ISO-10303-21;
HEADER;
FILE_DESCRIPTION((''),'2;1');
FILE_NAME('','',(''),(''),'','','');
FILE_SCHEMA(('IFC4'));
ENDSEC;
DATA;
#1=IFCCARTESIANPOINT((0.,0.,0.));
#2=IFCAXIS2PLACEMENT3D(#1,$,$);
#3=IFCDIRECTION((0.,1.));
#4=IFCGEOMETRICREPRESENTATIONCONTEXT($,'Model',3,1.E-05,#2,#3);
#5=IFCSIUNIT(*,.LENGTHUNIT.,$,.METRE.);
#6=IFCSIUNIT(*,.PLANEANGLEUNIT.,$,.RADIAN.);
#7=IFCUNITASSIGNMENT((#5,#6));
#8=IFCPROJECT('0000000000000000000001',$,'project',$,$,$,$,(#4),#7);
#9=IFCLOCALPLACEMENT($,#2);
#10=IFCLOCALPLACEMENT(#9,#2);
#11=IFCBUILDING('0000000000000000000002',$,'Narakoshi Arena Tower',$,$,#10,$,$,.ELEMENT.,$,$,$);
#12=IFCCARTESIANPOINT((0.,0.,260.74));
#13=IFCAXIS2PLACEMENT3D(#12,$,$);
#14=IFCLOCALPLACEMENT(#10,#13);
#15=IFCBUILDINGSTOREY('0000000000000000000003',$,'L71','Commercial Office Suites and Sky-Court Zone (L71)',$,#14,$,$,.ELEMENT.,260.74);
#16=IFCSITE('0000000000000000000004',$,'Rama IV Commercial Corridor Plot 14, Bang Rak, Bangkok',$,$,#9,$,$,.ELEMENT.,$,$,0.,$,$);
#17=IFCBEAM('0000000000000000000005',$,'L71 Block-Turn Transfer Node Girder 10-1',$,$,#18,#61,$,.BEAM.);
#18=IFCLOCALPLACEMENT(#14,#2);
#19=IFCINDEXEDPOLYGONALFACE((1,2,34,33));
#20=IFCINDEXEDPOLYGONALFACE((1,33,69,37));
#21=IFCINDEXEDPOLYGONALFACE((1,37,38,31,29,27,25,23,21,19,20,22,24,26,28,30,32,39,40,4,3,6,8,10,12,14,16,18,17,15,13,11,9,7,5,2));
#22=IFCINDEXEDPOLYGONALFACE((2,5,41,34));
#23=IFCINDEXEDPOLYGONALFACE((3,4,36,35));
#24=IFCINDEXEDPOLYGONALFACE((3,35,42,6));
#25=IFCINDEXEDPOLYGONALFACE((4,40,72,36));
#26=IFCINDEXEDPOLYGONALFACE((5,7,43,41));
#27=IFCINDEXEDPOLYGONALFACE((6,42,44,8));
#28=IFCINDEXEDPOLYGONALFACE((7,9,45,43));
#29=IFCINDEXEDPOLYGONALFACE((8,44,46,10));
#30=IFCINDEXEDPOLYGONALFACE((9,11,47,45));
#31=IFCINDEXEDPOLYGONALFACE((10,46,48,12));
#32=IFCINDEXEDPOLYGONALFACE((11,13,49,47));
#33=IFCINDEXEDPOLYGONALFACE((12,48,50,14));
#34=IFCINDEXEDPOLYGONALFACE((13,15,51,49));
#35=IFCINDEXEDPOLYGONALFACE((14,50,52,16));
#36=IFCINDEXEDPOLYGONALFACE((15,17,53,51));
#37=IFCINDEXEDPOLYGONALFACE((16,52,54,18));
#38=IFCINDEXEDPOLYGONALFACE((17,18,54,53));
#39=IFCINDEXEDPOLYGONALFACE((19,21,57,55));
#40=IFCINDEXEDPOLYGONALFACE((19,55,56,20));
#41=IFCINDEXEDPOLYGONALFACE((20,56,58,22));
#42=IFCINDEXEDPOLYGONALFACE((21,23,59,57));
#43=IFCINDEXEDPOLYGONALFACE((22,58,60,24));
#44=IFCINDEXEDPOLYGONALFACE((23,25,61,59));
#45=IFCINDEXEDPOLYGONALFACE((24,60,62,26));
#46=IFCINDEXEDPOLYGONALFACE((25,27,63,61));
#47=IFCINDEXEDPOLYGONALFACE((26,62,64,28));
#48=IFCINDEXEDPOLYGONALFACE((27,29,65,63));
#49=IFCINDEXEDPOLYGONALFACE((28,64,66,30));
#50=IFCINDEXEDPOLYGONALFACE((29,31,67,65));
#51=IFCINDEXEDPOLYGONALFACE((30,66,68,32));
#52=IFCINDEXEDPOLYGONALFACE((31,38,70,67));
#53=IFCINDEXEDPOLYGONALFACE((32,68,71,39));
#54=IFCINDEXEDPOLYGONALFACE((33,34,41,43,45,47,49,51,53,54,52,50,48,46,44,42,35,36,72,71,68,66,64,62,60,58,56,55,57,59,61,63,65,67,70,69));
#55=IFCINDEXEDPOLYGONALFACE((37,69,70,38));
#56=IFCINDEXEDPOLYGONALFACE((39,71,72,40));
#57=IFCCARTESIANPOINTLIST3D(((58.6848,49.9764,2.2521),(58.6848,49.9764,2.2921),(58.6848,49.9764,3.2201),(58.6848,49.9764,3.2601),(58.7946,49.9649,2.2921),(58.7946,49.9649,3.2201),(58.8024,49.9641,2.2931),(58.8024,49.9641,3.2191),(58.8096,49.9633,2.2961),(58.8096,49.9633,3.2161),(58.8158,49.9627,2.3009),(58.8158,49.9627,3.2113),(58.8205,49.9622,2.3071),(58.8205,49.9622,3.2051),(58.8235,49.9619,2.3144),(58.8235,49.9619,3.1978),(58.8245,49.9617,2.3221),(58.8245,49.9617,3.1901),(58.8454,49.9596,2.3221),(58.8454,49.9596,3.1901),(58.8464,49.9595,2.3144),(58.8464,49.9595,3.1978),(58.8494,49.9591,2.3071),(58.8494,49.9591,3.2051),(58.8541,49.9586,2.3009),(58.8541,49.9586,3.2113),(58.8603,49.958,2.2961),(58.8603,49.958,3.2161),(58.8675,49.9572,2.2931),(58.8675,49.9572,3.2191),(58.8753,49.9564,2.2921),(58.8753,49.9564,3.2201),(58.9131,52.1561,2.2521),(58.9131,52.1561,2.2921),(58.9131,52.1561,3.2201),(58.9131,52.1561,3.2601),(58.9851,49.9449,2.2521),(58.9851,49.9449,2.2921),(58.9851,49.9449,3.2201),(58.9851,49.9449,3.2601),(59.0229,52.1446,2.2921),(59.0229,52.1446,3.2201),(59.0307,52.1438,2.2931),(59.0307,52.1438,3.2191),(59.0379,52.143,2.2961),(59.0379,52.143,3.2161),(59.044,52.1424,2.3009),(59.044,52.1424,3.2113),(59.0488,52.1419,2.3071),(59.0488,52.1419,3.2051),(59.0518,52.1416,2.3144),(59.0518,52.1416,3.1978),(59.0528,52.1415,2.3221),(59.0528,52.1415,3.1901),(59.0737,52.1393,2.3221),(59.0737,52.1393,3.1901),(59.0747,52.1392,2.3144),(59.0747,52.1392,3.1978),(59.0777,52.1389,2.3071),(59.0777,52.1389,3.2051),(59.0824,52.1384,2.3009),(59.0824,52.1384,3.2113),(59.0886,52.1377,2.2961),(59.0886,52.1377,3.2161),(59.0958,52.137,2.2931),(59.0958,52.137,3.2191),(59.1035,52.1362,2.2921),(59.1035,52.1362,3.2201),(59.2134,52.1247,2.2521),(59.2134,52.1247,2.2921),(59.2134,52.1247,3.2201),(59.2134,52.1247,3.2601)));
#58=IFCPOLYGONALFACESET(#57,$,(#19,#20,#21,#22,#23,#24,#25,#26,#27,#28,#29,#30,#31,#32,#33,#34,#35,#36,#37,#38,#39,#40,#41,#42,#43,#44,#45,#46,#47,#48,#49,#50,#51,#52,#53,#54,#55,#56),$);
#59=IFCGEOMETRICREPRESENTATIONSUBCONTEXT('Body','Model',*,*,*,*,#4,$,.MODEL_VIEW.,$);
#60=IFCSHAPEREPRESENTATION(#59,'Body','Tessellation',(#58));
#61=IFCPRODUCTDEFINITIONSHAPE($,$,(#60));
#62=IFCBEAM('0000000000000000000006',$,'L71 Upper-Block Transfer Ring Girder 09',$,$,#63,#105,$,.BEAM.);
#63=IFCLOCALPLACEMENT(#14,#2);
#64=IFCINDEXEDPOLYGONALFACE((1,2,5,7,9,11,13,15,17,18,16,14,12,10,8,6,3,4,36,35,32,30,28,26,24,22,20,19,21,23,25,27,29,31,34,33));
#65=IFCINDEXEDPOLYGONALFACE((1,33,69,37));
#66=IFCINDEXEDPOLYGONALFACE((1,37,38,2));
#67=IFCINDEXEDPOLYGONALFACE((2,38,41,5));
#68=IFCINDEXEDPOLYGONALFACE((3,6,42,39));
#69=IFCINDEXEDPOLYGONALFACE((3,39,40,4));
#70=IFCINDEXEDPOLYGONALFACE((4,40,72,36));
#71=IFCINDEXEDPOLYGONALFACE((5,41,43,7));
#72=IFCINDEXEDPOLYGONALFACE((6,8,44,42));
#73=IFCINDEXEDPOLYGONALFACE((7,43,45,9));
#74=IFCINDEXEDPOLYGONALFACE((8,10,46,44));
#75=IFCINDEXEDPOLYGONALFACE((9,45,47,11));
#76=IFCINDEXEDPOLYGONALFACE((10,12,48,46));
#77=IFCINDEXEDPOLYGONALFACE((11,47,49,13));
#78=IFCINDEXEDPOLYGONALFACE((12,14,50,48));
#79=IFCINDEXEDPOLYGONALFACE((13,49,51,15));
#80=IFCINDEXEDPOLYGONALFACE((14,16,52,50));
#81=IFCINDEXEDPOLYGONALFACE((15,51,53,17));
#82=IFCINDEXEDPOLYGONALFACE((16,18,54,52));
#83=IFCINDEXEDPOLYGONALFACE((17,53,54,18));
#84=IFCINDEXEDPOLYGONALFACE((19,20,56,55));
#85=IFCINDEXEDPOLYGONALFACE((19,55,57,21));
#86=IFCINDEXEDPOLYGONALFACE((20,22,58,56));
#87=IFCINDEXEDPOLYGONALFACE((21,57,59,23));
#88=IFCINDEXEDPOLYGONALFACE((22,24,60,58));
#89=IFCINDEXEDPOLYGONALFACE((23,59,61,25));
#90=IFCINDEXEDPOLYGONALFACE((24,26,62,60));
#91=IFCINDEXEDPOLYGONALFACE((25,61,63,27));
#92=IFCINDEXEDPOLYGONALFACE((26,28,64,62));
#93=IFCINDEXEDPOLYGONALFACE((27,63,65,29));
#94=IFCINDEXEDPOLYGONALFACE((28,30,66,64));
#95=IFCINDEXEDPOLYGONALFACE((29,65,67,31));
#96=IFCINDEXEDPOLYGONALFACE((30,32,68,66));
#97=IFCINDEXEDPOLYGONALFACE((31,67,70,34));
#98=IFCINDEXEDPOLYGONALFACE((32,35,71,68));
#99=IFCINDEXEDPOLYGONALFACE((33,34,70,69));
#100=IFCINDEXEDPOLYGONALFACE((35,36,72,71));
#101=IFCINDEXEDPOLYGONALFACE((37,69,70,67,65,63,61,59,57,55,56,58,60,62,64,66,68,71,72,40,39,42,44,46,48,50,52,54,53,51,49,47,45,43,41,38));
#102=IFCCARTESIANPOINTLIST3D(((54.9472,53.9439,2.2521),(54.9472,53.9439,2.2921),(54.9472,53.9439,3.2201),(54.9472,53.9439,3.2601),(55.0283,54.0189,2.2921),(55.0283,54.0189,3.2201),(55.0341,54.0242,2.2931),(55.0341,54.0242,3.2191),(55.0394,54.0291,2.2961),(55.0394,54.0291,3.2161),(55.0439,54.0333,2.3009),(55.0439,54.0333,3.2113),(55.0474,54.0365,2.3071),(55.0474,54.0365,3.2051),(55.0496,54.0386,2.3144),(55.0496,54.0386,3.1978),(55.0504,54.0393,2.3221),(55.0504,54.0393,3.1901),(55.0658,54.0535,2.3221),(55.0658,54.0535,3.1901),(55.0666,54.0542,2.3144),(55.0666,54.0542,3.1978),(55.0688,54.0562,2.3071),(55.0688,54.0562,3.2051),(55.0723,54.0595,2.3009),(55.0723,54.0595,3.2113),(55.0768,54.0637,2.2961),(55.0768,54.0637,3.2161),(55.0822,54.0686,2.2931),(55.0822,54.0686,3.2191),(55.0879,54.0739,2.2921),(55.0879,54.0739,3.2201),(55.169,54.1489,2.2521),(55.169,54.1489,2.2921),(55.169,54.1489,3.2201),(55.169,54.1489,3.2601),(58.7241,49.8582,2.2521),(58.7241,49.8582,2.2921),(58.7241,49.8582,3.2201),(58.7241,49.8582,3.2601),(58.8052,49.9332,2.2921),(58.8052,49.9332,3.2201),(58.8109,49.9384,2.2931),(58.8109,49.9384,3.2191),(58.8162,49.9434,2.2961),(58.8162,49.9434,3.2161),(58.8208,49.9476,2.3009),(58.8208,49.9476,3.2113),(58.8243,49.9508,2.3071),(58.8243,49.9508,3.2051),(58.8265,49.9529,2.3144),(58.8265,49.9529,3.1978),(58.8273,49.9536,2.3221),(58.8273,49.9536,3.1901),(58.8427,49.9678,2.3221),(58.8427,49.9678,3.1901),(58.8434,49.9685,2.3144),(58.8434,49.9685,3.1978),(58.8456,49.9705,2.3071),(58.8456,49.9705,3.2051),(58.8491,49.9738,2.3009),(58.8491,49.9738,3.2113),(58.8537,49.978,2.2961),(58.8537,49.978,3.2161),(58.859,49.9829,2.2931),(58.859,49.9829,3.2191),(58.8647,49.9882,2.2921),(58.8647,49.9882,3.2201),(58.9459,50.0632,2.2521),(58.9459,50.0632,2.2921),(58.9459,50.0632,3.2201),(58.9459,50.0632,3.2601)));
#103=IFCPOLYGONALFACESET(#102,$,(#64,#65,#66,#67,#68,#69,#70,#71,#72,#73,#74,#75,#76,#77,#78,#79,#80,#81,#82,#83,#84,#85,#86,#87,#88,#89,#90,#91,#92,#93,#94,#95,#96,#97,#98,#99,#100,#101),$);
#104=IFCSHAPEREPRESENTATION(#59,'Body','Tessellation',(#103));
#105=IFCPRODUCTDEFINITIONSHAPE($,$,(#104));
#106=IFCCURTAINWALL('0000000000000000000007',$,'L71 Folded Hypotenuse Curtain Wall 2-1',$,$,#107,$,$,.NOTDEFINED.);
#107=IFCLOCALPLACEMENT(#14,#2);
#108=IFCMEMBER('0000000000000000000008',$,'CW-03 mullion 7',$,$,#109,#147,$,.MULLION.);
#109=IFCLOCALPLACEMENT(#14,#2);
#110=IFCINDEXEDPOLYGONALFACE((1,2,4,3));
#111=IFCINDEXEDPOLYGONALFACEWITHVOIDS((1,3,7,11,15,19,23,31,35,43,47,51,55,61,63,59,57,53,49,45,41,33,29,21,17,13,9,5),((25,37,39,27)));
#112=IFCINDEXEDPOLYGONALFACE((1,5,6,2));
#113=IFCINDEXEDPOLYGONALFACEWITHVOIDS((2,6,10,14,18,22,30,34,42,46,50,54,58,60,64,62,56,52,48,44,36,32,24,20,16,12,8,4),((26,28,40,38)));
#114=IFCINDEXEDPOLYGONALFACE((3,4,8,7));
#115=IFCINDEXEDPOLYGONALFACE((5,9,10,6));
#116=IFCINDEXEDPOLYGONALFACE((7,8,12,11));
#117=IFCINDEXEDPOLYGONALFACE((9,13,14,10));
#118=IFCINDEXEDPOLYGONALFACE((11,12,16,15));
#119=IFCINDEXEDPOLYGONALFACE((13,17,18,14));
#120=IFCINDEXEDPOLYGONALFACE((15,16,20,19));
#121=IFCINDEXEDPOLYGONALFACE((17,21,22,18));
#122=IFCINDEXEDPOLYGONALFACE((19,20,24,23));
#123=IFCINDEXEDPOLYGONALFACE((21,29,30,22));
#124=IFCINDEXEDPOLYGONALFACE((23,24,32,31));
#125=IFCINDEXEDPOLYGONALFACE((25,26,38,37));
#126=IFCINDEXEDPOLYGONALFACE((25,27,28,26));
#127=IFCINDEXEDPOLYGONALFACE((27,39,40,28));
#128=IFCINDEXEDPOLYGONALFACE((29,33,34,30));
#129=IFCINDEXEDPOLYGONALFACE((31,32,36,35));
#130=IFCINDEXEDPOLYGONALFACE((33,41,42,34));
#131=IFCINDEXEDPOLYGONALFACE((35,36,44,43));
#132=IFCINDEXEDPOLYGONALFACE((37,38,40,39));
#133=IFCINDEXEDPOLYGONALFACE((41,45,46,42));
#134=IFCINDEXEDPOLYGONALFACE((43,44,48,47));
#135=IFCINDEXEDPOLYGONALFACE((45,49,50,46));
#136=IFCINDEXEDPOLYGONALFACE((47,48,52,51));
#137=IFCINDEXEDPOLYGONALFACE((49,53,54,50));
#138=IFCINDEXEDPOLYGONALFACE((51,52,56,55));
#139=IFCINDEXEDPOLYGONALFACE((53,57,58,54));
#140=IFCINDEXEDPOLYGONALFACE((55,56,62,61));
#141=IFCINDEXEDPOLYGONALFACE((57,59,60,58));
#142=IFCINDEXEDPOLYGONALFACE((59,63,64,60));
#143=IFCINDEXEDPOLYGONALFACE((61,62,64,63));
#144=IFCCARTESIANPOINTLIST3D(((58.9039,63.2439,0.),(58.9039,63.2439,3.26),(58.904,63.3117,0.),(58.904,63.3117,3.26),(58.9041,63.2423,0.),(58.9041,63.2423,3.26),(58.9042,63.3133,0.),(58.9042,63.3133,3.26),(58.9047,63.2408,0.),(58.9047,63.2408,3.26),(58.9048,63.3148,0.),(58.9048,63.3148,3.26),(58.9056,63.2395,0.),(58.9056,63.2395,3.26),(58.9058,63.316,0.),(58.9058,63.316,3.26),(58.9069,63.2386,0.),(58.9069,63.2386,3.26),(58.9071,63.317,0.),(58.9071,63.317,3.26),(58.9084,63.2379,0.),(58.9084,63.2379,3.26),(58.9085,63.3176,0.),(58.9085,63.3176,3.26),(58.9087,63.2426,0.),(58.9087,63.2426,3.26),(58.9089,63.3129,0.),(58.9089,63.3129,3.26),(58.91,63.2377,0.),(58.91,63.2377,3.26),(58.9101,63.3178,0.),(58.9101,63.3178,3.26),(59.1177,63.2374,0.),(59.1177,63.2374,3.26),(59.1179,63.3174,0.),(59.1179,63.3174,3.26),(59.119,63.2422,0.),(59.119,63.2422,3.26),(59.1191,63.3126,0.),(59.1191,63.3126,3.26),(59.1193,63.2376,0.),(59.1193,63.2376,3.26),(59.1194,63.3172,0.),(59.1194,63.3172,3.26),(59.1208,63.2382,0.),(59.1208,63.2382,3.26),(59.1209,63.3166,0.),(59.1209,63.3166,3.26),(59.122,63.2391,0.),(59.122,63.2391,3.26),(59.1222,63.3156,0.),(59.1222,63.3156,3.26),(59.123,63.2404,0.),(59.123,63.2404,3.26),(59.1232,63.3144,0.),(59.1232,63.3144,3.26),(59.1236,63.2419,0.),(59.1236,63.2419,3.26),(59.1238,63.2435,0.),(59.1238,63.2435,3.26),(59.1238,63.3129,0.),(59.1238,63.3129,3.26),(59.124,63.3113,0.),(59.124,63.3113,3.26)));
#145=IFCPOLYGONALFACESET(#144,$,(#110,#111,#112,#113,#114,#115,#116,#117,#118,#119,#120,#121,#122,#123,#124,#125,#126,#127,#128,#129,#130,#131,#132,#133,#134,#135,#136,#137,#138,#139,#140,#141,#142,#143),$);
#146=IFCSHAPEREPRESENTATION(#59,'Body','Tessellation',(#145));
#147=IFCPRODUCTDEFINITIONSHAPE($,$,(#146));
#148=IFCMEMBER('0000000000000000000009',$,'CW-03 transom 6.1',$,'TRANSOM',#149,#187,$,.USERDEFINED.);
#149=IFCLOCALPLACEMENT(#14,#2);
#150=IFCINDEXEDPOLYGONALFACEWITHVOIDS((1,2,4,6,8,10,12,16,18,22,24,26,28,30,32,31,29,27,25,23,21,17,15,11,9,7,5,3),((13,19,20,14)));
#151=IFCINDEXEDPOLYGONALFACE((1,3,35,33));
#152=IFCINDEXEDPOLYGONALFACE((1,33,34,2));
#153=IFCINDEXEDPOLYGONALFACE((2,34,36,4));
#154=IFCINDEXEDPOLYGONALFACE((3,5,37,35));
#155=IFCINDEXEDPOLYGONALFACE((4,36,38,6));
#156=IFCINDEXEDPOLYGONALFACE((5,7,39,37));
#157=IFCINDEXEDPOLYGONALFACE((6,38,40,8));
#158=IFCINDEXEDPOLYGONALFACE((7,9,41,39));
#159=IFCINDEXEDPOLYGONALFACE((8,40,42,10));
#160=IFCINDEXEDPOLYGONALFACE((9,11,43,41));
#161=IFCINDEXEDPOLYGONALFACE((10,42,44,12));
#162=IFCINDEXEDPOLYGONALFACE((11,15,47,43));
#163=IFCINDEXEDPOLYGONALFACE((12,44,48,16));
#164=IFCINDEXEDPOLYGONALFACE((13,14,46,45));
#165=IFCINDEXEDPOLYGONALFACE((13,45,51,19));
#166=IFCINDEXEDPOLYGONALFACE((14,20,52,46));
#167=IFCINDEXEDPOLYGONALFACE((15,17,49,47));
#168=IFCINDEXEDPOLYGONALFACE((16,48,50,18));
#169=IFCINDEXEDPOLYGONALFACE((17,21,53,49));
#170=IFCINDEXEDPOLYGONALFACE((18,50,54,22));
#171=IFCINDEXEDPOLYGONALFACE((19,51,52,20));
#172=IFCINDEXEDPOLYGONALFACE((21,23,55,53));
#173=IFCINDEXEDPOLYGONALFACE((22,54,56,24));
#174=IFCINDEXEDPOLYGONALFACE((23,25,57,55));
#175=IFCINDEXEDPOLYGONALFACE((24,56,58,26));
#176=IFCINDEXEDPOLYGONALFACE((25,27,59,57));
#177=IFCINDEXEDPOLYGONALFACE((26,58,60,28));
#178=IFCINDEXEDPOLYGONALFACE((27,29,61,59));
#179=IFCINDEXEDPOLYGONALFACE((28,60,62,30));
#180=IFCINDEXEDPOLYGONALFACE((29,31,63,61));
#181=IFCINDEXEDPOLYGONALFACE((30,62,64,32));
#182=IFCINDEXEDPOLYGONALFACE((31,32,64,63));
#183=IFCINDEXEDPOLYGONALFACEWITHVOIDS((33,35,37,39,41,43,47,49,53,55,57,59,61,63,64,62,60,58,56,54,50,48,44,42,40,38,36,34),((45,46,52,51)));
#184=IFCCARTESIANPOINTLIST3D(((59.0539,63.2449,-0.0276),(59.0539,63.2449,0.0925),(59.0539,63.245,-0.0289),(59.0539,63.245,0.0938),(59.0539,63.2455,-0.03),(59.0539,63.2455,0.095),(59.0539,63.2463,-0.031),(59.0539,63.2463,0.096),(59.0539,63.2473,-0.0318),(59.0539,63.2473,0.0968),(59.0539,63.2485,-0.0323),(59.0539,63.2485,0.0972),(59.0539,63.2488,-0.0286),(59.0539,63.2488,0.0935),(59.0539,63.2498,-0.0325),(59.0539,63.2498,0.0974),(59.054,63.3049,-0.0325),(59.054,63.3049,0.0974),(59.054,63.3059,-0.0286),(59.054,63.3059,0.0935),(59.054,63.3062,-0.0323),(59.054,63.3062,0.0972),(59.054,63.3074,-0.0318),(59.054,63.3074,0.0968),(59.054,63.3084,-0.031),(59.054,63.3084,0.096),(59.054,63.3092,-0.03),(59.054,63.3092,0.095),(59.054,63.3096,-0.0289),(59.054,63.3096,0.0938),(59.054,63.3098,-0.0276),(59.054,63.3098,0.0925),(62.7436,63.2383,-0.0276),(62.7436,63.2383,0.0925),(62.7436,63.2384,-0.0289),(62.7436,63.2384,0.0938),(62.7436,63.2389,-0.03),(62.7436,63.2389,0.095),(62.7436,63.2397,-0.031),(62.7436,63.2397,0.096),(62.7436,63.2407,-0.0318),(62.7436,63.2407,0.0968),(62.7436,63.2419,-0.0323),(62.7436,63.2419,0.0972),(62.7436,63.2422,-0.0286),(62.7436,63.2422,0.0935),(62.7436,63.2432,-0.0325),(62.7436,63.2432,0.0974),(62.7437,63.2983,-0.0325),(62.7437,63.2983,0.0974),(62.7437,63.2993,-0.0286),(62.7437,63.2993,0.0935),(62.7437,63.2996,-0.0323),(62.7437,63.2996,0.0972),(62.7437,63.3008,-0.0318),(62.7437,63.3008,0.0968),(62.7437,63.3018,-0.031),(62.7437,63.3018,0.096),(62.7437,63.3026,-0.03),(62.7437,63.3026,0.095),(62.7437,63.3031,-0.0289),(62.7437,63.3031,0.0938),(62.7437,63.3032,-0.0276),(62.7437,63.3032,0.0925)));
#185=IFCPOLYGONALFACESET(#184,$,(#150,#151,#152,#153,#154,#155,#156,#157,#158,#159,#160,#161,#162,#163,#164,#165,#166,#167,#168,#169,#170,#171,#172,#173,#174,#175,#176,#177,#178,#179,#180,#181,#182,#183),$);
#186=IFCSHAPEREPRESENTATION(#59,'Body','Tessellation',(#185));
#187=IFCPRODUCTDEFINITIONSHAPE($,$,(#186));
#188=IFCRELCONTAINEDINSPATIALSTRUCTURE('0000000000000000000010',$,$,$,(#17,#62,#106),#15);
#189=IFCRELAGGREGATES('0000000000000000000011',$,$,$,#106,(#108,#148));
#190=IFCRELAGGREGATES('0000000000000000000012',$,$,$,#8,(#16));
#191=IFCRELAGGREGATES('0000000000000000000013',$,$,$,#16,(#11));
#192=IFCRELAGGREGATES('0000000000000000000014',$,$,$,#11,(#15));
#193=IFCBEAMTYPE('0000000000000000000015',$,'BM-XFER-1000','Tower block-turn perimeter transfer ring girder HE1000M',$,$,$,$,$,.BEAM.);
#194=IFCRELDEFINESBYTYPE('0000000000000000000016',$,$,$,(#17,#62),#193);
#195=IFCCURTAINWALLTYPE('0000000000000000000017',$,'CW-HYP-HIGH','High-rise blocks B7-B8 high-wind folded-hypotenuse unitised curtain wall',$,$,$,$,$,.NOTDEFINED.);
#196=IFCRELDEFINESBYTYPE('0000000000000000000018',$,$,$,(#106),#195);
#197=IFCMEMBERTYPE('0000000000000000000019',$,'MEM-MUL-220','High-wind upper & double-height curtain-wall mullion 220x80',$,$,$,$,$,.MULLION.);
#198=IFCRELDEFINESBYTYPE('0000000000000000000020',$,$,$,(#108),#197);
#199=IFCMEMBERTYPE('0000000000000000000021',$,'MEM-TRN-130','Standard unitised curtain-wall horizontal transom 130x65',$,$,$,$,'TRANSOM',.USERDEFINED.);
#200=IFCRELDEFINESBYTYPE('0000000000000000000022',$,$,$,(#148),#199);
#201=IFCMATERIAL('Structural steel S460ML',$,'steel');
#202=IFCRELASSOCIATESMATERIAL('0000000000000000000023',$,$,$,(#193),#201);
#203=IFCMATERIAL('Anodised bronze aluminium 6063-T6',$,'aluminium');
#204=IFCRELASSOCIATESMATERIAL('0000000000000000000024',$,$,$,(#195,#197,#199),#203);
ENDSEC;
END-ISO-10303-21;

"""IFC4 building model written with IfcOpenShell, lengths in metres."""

from ifc_helpers import new_model, si_unit, direction, frame, origin, origin_2d, place, context, subcontext, project, spatial, hollow_rectangle, i_section, extrude, material, material_profile, profile_set, type_object, element, aggregate, save


model = new_model("IFC4")

# Units and contexts
model_context = context("Model", 3, precision=1e-05, world=origin(), true_north=direction((0.0, 1.0)))
body_context = subcontext(model_context, "Body", "Model", "MODEL_VIEW")
ifc_project = project(units=[si_unit("LENGTHUNIT", "METRE"), si_unit("PLANEANGLEUNIT", "RADIAN")], contexts=[model_context])

# Site, building, storey
site_placement = place(None, origin())
site = spatial("IfcSite", under=ifc_project, at=site_placement, Name="Rama IV Commercial Corridor Plot 14, Bang Rak, Bangkok", CompositionType="ELEMENT", RefElevation=0.0)
building_placement = place(site_placement, origin())
building = spatial("IfcBuilding", under=site, at=building_placement, Name="Narakoshi Arena Tower", CompositionType="ELEMENT")
storey_placement = place(building_placement, frame((0.0, 0.0, 260.74)))
storey = spatial("IfcBuildingStorey", under=building, at=storey_placement, Name="L71", Description="Commercial Office Suites and Sky-Court Zone (L71)", CompositionType="ELEMENT", Elevation=260.74)

# Beams
ifc_material_1 = material(Name="Structural steel S460ML", Category="steel")
ifc_material_profile_1 = material_profile(ifc_material_1, i_section(OverallWidth=0.302, OverallDepth=1.0081, WebThickness=0.021, FlangeThickness=0.04, FilletRadius=0.03, at=origin_2d()), Name="HE1000M")
ifc_profile_set_1 = profile_set([ifc_material_profile_1], Name="Structural steel S460ML")
beam_type_1 = type_object("IfcBeamType", Name="BM-XFER-1000", Description="Tower block-turn perimeter transfer ring girder HE1000M", PredefinedType="BEAM", material=ifc_profile_set_1)
beam_1_placement = place(storey_placement, frame((59.0632, 52.1404, 2.7561), z_axis=(-0.104157, -0.994561, 0.0), x_axis=(0.994561, -0.104157, 0.0)))
element("IfcBeam", 1, at=beam_1_placement, inside=storey, type_object=beam_type_1, Name="L71 Block-Turn Transfer Node Girder 10-1", PredefinedType="BEAM", context=body_context, shape_type="SweptSolid", body=[
    extrude(i_section(OverallWidth=0.302, OverallDepth=1.0081, WebThickness=0.021, FlangeThickness=0.04, FilletRadius=0.03, at=origin_2d()), origin(), (0.0, 0.0, 1.0), 2.1917),
])
beam_2_placement = place(storey_placement, frame((55.0581, 54.0464, 2.7561), z_axis=(0.678808, -0.734315, 0.0), x_axis=(0.734315, 0.678808, 0.0)))
element("IfcBeam", 2, at=beam_2_placement, inside=storey, type_object=beam_type_1, Name="L71 Upper-Block Transfer Ring Girder 09", PredefinedType="BEAM", context=body_context, shape_type="SweptSolid", body=[
    extrude(i_section(OverallWidth=0.302, OverallDepth=1.0081, WebThickness=0.021, FlangeThickness=0.04, FilletRadius=0.03, at=origin_2d()), origin(), (0.0, 0.0, 1.0), 5.564),
])

# Curtain wall, members
ifc_material_2 = material(Name="Anodised bronze aluminium 6063-T6", Category="aluminium")
curtain_wall_type = type_object("IfcCurtainWallType", Name="CW-HYP-HIGH", Description="High-rise blocks B7-B8 high-wind folded-hypotenuse unitised curtain wall", PredefinedType="NOTDEFINED", material=ifc_material_2)
curtain_wall_placement = place(storey_placement, origin())
curtain_wall = element("IfcCurtainWall", 3, at=curtain_wall_placement, inside=storey, type_object=curtain_wall_type, Name="L71 Folded Hypotenuse Curtain Wall 2-1", PredefinedType="NOTDEFINED")
ifc_material_profile_2 = material_profile(ifc_material_2, hollow_rectangle(XDim=0.0801, YDim=0.22, WallThickness=0.0049, OuterFilletRadius=0.0061, at=origin_2d()), Name="MUL220x80x5")
ifc_profile_set_2 = profile_set([ifc_material_profile_2], Name="Anodised bronze aluminium 6063-T6")
member_type_1 = type_object("IfcMemberType", Name="MEM-MUL-220", Description="High-wind upper & double-height curtain-wall mullion 220x80", PredefinedType="MULLION", material=ifc_profile_set_2)
member_1_placement = place(storey_placement, frame((59.0139, 63.2776, 0.0), z_axis=(0.0, 0.0, 1.0), x_axis=(-0.00182, -0.999998, 0.0)))
member_1 = element("IfcMember", 4, at=member_1_placement, type_object=member_type_1, Name="CW-03 mullion 7", PredefinedType="MULLION", context=body_context, shape_type="SweptSolid", body=[
    extrude(hollow_rectangle(XDim=0.0801, YDim=0.22, WallThickness=0.0049, OuterFilletRadius=0.0061, at=origin_2d()), origin(), (0.0, 0.0, 1.0), 3.26),
])
ifc_material_profile_3 = material_profile(ifc_material_2, hollow_rectangle(XDim=0.0649, YDim=0.1299, WallThickness=0.0039, OuterFilletRadius=0.0049, at=origin_2d()), Name="TRN130x65x4")
ifc_profile_set_3 = profile_set([ifc_material_profile_3], Name="Anodised bronze aluminium 6063-T6")
member_type_2 = type_object("IfcMemberType", Name="MEM-TRN-130", Description="Standard unitised curtain-wall horizontal transom 130x65", ElementType="TRANSOM", PredefinedType="USERDEFINED", material=ifc_profile_set_3)
member_2_placement = place(storey_placement, frame((62.7437, 63.2708, 0.0325), z_axis=(-0.999998, 0.001787, 0.0), x_axis=(-0.001787, -0.999998, 0.0)))
member_2 = element("IfcMember", 5, at=member_2_placement, type_object=member_type_2, Name="CW-03 transom 6.1", ObjectType="TRANSOM", PredefinedType="USERDEFINED", context=body_context, shape_type="SweptSolid", body=[
    extrude(hollow_rectangle(XDim=0.0649, YDim=0.1299, WallThickness=0.0039, OuterFilletRadius=0.0049, at=origin_2d()), origin(), (0.0, 0.0, 1.0), 3.6897),
])
aggregate(curtain_wall, [member_1, member_2])

save(model, "model.ifc")
